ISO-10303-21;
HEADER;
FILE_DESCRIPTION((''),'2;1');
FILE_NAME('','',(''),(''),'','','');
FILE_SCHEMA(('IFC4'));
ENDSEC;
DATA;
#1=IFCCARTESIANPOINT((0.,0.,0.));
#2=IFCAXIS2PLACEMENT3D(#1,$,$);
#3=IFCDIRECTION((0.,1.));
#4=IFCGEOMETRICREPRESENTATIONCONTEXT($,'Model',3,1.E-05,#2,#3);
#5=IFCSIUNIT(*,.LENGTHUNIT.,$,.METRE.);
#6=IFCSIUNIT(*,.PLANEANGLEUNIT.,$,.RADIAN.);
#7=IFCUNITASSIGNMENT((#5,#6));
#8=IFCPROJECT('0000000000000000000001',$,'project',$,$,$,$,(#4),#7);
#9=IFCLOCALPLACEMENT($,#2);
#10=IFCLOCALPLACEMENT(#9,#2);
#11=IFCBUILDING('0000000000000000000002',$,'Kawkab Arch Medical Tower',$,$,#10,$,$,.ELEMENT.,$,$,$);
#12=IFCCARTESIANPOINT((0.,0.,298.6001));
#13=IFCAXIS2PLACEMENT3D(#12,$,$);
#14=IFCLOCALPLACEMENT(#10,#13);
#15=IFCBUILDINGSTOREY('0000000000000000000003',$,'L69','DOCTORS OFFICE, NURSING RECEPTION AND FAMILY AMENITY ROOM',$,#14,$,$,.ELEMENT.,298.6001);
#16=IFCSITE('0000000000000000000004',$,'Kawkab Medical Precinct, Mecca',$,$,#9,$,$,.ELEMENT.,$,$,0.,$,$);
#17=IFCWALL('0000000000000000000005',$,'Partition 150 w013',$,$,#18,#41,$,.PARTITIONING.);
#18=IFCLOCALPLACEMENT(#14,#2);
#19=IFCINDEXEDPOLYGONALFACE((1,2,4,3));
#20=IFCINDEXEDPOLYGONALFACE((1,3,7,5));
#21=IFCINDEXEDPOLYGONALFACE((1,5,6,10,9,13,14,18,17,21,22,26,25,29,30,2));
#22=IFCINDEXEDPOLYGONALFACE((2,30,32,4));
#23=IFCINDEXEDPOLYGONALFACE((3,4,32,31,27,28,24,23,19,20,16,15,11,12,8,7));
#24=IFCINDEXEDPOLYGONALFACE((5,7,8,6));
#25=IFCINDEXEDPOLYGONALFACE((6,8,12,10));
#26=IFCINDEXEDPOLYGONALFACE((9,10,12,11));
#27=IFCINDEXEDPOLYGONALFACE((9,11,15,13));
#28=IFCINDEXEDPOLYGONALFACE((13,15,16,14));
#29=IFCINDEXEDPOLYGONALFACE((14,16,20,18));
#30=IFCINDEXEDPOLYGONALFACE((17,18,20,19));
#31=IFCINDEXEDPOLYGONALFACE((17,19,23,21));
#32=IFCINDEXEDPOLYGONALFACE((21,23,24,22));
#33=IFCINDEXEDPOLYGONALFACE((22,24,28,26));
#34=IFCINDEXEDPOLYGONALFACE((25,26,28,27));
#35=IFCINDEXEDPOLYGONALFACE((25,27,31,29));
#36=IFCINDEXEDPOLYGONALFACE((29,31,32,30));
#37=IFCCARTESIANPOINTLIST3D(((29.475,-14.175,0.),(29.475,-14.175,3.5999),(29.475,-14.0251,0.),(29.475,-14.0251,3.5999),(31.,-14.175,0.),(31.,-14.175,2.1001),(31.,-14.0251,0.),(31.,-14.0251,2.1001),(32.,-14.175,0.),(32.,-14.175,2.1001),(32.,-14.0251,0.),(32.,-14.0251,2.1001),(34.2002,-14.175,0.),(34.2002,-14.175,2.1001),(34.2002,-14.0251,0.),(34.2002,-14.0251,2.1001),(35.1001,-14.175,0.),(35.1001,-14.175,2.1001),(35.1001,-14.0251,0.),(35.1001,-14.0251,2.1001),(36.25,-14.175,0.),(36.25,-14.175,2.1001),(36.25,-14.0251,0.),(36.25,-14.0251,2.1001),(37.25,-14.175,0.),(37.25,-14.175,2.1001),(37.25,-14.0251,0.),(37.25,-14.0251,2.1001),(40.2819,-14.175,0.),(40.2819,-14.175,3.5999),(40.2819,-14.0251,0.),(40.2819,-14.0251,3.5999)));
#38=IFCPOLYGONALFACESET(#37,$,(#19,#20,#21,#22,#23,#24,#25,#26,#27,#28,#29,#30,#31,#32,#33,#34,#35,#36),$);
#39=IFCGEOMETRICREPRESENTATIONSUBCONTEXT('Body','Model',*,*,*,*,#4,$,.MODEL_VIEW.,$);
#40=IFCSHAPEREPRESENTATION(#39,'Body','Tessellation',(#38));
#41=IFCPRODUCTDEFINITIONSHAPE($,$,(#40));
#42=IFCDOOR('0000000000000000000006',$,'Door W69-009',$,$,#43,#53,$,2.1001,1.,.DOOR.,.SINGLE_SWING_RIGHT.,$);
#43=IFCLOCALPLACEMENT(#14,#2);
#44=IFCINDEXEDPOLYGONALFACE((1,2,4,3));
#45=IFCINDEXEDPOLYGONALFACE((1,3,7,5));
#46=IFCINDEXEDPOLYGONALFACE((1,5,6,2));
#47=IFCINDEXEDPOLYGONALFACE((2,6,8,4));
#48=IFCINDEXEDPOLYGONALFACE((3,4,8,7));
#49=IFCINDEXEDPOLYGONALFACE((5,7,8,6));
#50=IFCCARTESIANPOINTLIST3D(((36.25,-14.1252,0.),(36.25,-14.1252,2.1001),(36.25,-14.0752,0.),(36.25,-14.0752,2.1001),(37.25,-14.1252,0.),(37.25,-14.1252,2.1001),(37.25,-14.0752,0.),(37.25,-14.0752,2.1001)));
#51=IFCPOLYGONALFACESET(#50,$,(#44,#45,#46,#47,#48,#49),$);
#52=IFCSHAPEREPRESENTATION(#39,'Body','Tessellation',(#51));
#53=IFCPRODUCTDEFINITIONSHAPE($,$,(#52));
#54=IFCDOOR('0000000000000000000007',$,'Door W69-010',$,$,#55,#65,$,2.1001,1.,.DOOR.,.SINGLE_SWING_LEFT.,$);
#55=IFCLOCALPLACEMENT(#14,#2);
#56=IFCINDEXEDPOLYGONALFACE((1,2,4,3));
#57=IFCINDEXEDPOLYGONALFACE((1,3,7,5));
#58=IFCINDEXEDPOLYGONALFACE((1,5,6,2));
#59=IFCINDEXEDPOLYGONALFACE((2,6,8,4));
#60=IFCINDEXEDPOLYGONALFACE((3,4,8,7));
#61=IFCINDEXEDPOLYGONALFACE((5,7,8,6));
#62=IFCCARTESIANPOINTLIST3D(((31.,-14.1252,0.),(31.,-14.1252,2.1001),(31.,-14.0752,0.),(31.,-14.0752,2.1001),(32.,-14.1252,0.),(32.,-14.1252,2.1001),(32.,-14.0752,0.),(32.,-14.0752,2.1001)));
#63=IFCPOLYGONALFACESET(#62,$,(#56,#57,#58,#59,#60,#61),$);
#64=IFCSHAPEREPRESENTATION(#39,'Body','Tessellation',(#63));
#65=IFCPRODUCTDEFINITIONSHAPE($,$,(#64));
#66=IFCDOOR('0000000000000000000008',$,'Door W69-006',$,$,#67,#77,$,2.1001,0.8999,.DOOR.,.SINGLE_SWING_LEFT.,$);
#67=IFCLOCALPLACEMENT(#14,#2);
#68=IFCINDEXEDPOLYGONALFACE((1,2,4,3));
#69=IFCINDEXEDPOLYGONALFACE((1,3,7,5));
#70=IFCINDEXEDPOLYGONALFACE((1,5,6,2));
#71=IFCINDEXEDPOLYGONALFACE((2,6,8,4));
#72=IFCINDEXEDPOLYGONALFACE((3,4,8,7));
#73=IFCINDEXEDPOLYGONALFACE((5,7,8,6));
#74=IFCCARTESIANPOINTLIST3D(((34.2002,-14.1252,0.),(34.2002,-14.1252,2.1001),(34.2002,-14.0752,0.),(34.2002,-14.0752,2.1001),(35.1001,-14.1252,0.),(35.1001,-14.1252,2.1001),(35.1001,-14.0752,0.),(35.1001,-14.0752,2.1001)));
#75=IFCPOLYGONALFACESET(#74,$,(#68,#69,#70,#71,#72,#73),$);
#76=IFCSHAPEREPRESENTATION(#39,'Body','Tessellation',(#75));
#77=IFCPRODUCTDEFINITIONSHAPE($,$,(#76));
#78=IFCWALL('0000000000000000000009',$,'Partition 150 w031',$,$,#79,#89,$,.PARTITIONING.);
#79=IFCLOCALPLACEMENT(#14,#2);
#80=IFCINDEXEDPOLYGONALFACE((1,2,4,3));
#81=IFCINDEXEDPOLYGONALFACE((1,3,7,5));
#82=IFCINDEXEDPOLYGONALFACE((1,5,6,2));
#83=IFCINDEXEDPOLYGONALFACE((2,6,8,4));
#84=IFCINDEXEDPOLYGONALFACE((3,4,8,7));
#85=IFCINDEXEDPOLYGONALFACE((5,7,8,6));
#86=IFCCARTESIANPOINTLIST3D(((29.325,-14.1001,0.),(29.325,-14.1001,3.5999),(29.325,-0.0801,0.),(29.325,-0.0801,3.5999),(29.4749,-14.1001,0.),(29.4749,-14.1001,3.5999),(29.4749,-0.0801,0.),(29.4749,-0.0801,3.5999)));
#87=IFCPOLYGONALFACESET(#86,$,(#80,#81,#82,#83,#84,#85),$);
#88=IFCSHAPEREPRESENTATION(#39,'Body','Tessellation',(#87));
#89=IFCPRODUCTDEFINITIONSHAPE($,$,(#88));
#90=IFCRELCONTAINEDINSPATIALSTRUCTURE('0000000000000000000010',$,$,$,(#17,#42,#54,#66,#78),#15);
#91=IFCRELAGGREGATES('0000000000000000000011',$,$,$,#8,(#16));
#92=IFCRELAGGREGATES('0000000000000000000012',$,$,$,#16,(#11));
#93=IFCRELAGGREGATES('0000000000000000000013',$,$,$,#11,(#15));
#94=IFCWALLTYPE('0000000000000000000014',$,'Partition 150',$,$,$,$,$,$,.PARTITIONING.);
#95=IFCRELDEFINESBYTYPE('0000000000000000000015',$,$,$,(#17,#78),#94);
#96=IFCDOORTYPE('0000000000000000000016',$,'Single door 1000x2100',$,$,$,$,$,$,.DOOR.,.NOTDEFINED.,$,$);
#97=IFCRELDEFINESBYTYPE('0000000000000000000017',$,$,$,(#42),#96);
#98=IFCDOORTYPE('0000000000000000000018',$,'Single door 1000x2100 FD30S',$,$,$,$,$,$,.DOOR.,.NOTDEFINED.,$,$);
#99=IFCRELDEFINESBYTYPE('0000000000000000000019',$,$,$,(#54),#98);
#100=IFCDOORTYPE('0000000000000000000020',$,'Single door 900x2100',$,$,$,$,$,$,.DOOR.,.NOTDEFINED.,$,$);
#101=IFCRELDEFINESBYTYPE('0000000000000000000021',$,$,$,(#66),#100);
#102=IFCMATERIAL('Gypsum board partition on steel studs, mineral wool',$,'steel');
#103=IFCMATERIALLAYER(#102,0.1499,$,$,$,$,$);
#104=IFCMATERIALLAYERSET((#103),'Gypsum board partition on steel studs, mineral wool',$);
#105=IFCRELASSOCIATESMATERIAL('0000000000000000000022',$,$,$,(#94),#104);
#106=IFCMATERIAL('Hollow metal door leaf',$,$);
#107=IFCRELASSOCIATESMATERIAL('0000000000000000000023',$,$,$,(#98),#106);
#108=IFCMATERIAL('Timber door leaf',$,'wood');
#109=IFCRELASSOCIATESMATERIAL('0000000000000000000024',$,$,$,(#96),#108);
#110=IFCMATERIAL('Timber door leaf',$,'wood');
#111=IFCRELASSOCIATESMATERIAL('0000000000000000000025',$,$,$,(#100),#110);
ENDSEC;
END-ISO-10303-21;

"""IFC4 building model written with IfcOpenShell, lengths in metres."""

from ifc_helpers import new_model, si_unit, direction, frame, frame_2d, origin, place, context, subcontext, project, spatial, rectangle, extrude, material, layer, layer_set, type_object, element, fill, save


model = new_model("IFC4")

# Units and contexts
model_context = context("Model", 3, precision=1e-05, world=origin(), true_north=direction((0.0, 1.0)))
body_context = subcontext(model_context, "Body", "Model", "MODEL_VIEW")
ifc_project = project(units=[si_unit("LENGTHUNIT", "METRE"), si_unit("PLANEANGLEUNIT", "RADIAN")], contexts=[model_context])

# Site, building, storey
site_placement = place(None, origin())
site = spatial("IfcSite", under=ifc_project, at=site_placement, Name="Kawkab Medical Precinct, Mecca", CompositionType="ELEMENT", RefElevation=0.0)
building_placement = place(site_placement, origin())
building = spatial("IfcBuilding", under=site, at=building_placement, Name="Kawkab Arch Medical Tower", CompositionType="ELEMENT")
storey_placement = place(building_placement, frame((0.0, 0.0, 298.6001)))
storey = spatial("IfcBuildingStorey", under=building, at=storey_placement, Name="L69", Description="DOCTORS OFFICE, NURSING RECEPTION AND FAMILY AMENITY ROOM", CompositionType="ELEMENT", Elevation=298.6001)

# Wall, openings, doors
ifc_material_1 = material(Name="Gypsum board partition on steel studs, mineral wool", Category="steel")
ifc_layer_1 = layer(ifc_material_1, 0.1499)
ifc_layer_set_1 = layer_set([ifc_layer_1], Name="Gypsum board partition on steel studs, mineral wool")
wall_type_1 = type_object("IfcWallType", Name="Partition 150", PredefinedType="PARTITIONING", material=ifc_layer_set_1)
ifc_material_2 = material(Name="Hollow metal door leaf")
door_type_1 = type_object("IfcDoorType", Name="Single door 1000x2100 FD30S", OperationType="NOTDEFINED", PredefinedType="DOOR", material=ifc_material_2)
wall_1_placement = place(storey_placement, frame((29.4751, -14.1001, 0.0), z_axis=(0.0, 0.0, 1.0), x_axis=(1.0, 0.0, 0.0)))
wall_1 = element("IfcWall", 1, at=wall_1_placement, inside=storey, type_object=wall_type_1, Name="Partition 150 w013", PredefinedType="PARTITIONING", context=body_context, shape_type="SweptSolid", body=[
    extrude(rectangle(XDim=10.8069, YDim=0.1499, at=frame_2d((5.4033, 0.0))), origin(), (0.0, 0.0, 1.0), 3.5999),
])
opening_1_placement = place(wall_1_placement, frame((1.5249, 0.0, 0.0)))
opening_1 = element("IfcOpeningElement", 2, at=opening_1_placement, cuts=wall_1, PredefinedType="OPENING", context=body_context, shape_type="SweptSolid", body=[
    extrude(rectangle(XDim=1.0, YDim=2.1001, at=frame_2d((0.5, 1.05))), frame((0.0, 0.085, 0.0), z_axis=(0.0, -1.0, 0.0), x_axis=(1.0, 0.0, 0.0)), (0.0, 0.0, 1.0), 0.1699),
])
opening_2_placement = place(wall_1_placement, frame((4.7251, 0.0, 0.0)))
opening_2 = element("IfcOpeningElement", 3, at=opening_2_placement, cuts=wall_1, PredefinedType="OPENING", context=body_context, shape_type="SweptSolid", body=[
    extrude(rectangle(XDim=0.8999, YDim=2.1001, at=frame_2d((0.45, 1.05))), frame((0.0, 0.085, 0.0), z_axis=(0.0, -1.0, 0.0), x_axis=(1.0, 0.0, 0.0)), (0.0, 0.0, 1.0), 0.1699),
])
opening_3_placement = place(wall_1_placement, frame((6.7749, 0.0, 0.0)))
opening_3 = element("IfcOpeningElement", 4, at=opening_3_placement, cuts=wall_1, PredefinedType="OPENING", context=body_context, shape_type="SweptSolid", body=[
    extrude(rectangle(XDim=1.0, YDim=2.1001, at=frame_2d((0.5, 1.05))), frame((0.0, 0.085, 0.0), z_axis=(0.0, -1.0, 0.0), x_axis=(1.0, 0.0, 0.0)), (0.0, 0.0, 1.0), 0.1699),
])
ifc_material_3 = material(Name="Timber door leaf", Category="wood")
door_type_2 = type_object("IfcDoorType", Name="Single door 1000x2100", OperationType="NOTDEFINED", PredefinedType="DOOR", material=ifc_material_3)
door_1_placement = place(opening_3_placement, origin())
door_1 = element("IfcDoor", 5, at=door_1_placement, inside=storey, type_object=door_type_2, Name="Door W69-009", OperationType="SINGLE_SWING_RIGHT", OverallHeight=2.1001, OverallWidth=1.0, PredefinedType="DOOR", context=body_context, shape_type="SweptSolid", body=[
    extrude(rectangle(XDim=1.0, YDim=2.1001, at=frame_2d((0.5, 1.05))), frame((0.0, 0.0249, 0.0), z_axis=(0.0, -1.0, 0.0), x_axis=(1.0, 0.0, 0.0)), (0.0, 0.0, 1.0), 0.05),
])
fill(opening_3, door_1)
door_2_placement = place(opening_1_placement, origin())
door_2 = element("IfcDoor", 6, at=door_2_placement, inside=storey, type_object=door_type_1, Name="Door W69-010", OperationType="SINGLE_SWING_LEFT", OverallHeight=2.1001, OverallWidth=1.0, PredefinedType="DOOR", context=body_context, shape_type="SweptSolid", body=[
    extrude(rectangle(XDim=1.0, YDim=2.1001, at=frame_2d((0.5, 1.05))), frame((0.0, 0.0249, 0.0), z_axis=(0.0, -1.0, 0.0), x_axis=(1.0, 0.0, 0.0)), (0.0, 0.0, 1.0), 0.05),
])
fill(opening_1, door_2)
ifc_material_4 = material(Name="Timber door leaf", Category="wood")
door_type_3 = type_object("IfcDoorType", Name="Single door 900x2100", OperationType="NOTDEFINED", PredefinedType="DOOR", material=ifc_material_4)
door_3_placement = place(opening_2_placement, origin())
door_3 = element("IfcDoor", 7, at=door_3_placement, inside=storey, type_object=door_type_3, Name="Door W69-006", OperationType="SINGLE_SWING_LEFT", OverallHeight=2.1001, OverallWidth=0.8999, PredefinedType="DOOR", context=body_context, shape_type="SweptSolid", body=[
    extrude(rectangle(XDim=0.8999, YDim=2.1001, at=frame_2d((0.45, 1.05))), frame((0.0, 0.0249, 0.0), z_axis=(0.0, -1.0, 0.0), x_axis=(1.0, 0.0, 0.0)), (0.0, 0.0, 1.0), 0.05),
])
fill(opening_2, door_3)

# Wall
wall_2_placement = place(storey_placement, frame((29.3999, -14.1001, 0.0), z_axis=(0.0, 0.0, 1.0), x_axis=(0.0, 1.0, 0.0)))
element("IfcWall", 8, at=wall_2_placement, inside=storey, type_object=wall_type_1, Name="Partition 150 w031", PredefinedType="PARTITIONING", context=body_context, shape_type="SweptSolid", body=[
    extrude(rectangle(XDim=14.02, YDim=0.1499, at=frame_2d((7.01, 0.0))), origin(), (0.0, 0.0, 1.0), 3.5999),
])

save(model, "model.ifc")
